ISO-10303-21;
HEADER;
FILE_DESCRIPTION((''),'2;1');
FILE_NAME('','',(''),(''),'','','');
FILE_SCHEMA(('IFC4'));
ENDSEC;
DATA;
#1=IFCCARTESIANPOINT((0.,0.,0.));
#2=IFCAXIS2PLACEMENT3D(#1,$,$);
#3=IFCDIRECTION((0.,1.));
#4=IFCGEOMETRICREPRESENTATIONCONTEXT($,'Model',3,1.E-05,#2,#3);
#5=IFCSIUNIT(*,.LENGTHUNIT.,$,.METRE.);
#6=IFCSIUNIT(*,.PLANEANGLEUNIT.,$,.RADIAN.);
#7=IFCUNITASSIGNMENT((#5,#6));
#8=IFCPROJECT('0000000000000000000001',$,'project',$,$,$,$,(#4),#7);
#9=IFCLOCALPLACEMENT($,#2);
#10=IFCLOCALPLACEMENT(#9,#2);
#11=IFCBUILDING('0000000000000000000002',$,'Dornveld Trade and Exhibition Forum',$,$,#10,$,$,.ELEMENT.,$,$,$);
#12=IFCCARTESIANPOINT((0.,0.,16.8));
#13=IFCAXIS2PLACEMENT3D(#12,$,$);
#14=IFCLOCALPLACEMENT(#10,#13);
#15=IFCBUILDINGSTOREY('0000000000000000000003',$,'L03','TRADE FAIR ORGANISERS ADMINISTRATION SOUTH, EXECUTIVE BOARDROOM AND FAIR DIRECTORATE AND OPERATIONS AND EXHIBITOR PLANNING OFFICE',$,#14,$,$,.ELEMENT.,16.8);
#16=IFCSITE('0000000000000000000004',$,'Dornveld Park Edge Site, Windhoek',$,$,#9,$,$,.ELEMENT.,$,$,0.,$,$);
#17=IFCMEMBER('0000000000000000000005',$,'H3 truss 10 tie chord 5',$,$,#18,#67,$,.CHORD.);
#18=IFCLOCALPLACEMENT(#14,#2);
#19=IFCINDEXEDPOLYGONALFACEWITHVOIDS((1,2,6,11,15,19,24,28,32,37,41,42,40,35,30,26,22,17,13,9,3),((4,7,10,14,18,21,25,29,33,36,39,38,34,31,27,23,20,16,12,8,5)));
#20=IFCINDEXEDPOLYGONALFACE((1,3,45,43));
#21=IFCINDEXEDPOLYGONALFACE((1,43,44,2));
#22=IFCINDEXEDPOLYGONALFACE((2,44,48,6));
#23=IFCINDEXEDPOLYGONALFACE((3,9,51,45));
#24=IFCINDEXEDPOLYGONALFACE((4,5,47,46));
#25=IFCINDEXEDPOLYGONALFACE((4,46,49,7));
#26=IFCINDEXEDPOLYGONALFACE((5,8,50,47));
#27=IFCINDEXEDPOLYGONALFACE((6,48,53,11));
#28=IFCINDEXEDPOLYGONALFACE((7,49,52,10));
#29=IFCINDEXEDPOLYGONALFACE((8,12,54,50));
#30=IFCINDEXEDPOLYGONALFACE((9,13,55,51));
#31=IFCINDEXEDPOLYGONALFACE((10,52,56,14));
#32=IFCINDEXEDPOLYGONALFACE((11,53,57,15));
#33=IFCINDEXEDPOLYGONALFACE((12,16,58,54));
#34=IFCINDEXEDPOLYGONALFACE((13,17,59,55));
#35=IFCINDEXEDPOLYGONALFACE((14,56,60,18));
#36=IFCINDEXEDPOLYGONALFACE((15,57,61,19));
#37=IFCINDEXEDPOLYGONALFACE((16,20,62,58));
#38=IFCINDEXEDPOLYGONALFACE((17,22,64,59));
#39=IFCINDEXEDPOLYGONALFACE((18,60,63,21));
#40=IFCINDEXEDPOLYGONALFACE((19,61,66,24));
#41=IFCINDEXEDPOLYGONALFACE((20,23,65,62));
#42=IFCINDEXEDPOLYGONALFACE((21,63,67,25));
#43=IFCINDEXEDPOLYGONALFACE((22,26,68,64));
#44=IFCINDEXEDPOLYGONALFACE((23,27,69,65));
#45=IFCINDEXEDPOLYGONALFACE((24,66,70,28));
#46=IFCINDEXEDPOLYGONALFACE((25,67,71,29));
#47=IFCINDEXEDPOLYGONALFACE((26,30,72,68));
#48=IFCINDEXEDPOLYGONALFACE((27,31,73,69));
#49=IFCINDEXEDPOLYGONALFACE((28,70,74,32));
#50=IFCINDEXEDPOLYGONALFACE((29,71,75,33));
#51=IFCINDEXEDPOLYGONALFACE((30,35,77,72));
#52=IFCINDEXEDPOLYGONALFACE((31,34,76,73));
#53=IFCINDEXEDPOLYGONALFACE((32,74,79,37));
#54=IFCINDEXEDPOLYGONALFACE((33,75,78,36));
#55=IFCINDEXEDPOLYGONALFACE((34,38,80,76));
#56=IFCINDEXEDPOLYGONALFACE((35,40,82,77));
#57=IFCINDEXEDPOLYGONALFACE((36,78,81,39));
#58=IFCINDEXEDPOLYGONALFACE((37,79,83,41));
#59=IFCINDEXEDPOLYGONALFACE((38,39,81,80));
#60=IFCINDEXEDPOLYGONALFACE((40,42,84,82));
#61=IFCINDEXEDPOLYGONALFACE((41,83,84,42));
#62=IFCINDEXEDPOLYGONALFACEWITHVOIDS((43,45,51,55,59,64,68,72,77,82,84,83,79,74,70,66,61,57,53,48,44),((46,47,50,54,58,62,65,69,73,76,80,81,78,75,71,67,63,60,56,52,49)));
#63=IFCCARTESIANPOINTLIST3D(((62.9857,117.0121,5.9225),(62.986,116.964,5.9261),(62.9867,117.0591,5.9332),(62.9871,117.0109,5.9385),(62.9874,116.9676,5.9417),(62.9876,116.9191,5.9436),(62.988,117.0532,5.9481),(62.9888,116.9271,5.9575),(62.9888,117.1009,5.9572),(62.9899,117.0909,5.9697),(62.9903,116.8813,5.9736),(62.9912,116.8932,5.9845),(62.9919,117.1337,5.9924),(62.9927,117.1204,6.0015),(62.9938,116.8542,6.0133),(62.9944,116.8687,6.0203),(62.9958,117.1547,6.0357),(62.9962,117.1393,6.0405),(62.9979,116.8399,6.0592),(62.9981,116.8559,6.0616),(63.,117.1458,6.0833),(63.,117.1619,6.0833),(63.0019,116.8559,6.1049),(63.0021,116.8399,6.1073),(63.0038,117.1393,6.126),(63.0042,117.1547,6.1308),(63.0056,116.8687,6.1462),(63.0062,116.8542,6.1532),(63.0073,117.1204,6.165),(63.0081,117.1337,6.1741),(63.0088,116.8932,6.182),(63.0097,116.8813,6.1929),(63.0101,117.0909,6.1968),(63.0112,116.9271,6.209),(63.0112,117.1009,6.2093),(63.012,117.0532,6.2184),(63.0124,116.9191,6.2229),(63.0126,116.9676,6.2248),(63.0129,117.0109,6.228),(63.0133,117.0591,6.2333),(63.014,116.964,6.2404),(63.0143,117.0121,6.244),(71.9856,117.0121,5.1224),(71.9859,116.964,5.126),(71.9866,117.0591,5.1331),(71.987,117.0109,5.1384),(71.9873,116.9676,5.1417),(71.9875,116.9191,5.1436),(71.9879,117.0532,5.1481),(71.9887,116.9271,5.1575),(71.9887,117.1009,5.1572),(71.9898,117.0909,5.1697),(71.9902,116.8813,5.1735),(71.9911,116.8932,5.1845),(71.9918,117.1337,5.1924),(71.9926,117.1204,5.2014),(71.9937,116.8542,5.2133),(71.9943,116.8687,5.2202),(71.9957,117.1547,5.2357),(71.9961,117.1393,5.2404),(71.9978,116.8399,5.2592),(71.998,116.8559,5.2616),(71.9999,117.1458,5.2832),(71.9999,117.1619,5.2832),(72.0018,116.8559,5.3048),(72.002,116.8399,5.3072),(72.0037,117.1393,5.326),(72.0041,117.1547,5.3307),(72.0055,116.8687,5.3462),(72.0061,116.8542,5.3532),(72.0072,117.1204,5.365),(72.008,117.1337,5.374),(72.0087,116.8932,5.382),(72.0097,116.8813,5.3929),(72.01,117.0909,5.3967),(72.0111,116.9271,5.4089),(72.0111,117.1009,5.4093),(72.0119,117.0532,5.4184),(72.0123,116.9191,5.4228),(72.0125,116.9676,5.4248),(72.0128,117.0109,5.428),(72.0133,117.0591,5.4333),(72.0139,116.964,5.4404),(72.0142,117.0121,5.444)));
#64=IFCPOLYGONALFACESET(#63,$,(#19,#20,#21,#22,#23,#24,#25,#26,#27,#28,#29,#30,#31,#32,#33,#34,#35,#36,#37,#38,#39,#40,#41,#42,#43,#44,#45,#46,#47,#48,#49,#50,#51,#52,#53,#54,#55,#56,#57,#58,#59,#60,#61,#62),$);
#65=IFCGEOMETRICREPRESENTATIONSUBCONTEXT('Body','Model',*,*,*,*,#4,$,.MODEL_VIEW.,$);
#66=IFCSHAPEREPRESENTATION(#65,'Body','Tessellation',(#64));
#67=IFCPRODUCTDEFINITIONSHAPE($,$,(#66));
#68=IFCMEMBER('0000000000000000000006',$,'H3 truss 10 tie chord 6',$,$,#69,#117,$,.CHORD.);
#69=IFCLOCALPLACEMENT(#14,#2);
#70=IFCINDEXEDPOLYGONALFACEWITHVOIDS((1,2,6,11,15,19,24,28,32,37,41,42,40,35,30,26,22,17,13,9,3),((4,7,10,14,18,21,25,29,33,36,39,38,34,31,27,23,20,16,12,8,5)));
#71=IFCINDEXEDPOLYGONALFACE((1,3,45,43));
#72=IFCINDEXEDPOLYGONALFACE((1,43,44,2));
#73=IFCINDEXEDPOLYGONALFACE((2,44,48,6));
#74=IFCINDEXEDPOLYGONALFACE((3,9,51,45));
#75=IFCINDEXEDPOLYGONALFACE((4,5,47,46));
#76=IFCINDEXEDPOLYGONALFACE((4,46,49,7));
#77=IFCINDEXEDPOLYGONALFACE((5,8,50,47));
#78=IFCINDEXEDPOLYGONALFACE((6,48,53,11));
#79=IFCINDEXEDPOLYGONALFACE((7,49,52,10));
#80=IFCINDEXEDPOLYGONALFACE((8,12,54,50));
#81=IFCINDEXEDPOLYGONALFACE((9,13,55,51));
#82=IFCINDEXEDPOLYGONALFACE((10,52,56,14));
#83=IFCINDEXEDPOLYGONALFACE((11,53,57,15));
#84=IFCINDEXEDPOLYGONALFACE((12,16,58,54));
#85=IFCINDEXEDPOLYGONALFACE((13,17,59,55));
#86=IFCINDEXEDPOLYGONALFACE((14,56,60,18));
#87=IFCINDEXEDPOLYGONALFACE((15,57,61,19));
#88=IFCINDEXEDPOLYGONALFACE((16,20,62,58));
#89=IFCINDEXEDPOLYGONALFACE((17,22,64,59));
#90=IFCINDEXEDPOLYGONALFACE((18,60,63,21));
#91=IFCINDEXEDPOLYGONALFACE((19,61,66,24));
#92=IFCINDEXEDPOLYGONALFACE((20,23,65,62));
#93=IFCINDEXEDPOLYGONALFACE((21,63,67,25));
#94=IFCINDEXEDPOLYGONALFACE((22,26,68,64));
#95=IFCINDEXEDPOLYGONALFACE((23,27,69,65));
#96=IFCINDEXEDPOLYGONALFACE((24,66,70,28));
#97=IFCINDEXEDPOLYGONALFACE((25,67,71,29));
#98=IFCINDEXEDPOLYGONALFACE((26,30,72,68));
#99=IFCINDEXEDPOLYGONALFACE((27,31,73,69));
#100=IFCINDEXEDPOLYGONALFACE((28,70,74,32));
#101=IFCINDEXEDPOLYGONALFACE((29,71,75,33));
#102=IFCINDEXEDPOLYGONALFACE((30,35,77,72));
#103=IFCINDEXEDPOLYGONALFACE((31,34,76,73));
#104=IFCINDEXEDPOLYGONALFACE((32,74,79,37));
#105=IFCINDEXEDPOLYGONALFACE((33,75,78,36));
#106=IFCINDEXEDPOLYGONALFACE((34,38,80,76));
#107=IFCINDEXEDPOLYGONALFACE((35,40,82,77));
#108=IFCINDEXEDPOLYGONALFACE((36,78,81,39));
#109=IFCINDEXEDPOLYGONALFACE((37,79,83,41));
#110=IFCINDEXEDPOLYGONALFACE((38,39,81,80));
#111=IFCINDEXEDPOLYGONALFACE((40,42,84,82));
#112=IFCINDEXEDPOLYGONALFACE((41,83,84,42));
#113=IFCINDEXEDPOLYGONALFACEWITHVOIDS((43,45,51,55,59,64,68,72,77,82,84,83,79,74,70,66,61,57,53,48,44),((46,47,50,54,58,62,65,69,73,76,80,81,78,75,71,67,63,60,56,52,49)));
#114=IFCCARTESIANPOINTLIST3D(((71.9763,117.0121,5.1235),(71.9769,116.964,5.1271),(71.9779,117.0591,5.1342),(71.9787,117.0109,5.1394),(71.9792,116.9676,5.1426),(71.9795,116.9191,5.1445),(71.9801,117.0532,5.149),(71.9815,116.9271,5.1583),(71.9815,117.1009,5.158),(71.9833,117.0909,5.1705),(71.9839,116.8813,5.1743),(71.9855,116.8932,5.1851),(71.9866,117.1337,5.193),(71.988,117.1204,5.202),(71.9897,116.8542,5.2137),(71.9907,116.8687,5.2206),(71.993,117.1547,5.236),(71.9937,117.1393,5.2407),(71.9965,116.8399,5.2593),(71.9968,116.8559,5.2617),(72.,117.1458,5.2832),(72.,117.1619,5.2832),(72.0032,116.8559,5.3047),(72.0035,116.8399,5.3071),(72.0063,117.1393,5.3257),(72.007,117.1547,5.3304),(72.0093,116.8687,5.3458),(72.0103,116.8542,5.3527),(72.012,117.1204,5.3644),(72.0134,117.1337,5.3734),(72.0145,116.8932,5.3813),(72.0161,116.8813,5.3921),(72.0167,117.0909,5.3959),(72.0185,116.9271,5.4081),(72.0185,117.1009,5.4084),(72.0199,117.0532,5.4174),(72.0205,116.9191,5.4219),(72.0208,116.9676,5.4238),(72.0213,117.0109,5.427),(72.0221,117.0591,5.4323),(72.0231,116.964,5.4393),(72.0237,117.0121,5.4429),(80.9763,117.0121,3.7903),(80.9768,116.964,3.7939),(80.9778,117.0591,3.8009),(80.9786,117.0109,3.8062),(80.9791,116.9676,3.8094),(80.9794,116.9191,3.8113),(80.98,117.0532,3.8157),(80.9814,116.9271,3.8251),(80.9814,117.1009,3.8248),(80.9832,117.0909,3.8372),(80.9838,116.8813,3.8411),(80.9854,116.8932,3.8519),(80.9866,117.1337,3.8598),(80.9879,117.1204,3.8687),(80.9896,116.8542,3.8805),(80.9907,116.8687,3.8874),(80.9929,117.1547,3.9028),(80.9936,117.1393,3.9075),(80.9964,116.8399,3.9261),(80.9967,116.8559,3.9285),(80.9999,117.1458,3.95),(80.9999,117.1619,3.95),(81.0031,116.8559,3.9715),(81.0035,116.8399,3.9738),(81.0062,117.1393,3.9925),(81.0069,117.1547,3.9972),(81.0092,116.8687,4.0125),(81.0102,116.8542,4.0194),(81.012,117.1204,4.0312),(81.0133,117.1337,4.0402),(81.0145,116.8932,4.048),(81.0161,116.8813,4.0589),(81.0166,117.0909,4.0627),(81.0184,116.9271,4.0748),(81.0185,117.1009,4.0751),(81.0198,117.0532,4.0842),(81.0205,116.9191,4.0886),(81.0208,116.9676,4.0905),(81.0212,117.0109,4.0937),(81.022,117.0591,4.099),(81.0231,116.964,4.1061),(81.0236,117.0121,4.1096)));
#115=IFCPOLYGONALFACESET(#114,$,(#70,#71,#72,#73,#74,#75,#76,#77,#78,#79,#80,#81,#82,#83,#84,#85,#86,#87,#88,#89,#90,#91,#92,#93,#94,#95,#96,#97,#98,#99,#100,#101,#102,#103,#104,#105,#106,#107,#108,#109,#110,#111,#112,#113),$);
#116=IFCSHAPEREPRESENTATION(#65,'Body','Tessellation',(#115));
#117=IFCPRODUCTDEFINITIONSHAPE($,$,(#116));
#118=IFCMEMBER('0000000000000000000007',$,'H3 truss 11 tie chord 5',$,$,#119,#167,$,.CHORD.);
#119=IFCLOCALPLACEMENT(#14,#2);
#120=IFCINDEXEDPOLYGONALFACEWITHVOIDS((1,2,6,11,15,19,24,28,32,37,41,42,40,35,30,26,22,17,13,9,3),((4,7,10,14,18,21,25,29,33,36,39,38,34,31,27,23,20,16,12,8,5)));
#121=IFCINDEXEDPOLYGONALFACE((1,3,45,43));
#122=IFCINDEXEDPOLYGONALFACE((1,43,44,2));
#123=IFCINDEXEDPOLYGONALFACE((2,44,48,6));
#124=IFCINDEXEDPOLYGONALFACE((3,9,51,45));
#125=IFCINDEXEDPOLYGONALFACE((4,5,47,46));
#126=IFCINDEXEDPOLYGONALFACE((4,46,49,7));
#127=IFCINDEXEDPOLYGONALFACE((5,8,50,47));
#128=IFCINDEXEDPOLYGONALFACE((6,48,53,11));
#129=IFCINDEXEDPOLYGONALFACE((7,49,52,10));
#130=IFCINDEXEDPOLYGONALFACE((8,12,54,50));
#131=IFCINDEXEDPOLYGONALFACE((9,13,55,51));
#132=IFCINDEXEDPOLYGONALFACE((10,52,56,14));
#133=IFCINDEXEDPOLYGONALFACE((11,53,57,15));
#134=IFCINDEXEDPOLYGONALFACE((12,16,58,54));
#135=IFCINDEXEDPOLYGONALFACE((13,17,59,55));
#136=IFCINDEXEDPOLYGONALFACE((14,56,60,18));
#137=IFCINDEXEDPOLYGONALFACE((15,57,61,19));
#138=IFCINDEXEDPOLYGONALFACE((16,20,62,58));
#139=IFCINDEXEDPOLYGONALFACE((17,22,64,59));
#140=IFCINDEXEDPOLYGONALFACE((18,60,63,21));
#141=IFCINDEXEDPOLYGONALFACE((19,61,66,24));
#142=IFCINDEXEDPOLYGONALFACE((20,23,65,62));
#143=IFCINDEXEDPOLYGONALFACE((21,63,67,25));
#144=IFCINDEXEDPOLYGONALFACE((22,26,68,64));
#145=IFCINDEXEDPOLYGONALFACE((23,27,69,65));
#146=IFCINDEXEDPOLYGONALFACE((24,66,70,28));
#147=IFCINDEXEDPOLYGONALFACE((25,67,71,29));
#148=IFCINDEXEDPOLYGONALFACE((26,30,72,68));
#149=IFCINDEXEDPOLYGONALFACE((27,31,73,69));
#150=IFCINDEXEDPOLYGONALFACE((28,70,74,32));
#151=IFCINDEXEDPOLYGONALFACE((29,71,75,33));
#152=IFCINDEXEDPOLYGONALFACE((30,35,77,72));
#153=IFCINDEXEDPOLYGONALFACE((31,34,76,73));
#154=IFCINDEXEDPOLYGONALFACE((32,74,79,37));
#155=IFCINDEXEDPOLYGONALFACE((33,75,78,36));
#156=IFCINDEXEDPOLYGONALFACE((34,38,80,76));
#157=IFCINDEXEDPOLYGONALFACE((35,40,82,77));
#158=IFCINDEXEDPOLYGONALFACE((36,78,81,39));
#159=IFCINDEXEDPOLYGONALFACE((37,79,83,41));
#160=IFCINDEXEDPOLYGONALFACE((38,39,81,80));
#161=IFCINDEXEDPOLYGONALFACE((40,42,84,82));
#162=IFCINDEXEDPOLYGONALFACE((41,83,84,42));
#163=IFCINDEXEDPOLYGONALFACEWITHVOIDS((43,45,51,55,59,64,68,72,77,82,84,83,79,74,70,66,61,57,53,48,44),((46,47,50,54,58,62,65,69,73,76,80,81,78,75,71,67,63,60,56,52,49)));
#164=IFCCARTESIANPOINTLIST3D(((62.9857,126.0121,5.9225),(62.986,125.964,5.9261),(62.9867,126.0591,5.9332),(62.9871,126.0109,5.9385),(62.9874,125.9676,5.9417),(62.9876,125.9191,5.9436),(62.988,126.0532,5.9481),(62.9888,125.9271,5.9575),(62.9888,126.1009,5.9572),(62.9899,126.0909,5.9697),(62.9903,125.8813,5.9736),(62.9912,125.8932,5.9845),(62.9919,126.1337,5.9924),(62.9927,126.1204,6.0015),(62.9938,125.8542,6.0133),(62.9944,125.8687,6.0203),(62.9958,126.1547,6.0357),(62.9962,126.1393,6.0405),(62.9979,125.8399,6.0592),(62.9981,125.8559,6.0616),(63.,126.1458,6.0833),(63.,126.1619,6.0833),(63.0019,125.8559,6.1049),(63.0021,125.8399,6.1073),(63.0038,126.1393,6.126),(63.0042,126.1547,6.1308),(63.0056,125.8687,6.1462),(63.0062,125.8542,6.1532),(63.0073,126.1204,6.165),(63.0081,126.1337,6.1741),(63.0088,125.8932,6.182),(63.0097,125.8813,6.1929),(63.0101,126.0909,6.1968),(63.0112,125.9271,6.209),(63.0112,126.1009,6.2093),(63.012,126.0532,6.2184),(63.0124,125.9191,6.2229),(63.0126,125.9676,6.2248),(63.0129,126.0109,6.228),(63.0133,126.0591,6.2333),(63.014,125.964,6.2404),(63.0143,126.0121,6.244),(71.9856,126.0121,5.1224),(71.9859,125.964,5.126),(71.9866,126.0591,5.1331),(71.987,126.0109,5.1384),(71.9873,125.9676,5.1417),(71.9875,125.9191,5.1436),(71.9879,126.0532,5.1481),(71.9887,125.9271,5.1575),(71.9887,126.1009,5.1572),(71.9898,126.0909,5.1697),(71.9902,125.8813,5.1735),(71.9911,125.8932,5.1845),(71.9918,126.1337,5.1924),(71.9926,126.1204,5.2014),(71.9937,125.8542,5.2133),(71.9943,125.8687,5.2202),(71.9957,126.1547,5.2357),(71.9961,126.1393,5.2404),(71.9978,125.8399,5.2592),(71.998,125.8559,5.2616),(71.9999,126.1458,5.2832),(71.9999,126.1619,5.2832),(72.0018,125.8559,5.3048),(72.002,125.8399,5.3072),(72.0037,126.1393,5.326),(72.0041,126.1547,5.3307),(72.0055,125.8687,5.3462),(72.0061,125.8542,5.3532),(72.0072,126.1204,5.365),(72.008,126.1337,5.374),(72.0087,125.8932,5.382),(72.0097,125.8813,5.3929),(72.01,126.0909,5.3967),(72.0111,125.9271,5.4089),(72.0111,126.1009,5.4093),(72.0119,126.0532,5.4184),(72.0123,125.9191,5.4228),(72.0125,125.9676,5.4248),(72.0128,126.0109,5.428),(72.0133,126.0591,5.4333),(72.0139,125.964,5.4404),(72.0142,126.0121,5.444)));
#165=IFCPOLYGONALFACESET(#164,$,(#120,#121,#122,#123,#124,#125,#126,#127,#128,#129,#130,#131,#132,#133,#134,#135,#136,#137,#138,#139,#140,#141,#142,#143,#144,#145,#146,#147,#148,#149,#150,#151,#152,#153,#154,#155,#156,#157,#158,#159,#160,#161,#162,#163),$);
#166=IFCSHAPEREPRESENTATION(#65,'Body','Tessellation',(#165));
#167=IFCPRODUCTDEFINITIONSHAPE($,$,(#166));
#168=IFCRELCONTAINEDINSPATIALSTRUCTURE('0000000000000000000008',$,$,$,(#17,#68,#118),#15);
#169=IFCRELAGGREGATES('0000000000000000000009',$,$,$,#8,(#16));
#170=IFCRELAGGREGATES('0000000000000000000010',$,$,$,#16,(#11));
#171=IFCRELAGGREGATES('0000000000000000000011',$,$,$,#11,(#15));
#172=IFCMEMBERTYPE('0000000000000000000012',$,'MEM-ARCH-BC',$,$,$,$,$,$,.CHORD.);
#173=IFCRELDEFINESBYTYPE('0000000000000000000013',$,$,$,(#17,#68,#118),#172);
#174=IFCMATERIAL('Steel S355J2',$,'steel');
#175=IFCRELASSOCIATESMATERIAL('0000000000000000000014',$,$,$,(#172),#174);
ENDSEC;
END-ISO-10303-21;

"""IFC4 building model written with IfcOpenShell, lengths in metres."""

from ifc_helpers import new_model, si_unit, direction, frame, origin, origin_2d, place, context, subcontext, project, spatial, hollow_circle, extrude, material, material_profile, profile_set, type_object, element, save


model = new_model("IFC4")

# Units and contexts
model_context = context("Model", 3, precision=1e-05, world=origin(), true_north=direction((0.0, 1.0)))
body_context = subcontext(model_context, "Body", "Model", "MODEL_VIEW")
ifc_project = project(units=[si_unit("LENGTHUNIT", "METRE"), si_unit("PLANEANGLEUNIT", "RADIAN")], contexts=[model_context])

# Site, building, storey
site_placement = place(None, origin())
site = spatial("IfcSite", under=ifc_project, at=site_placement, Name="Dornveld Park Edge Site, Windhoek", CompositionType="ELEMENT", RefElevation=0.0)
building_placement = place(site_placement, origin())
building = spatial("IfcBuilding", under=site, at=building_placement, Name="Dornveld Trade and Exhibition Forum", CompositionType="ELEMENT")
storey_placement = place(building_placement, frame((0.0, 0.0, 16.8)))
storey = spatial("IfcBuildingStorey", under=building, at=storey_placement, Name="L03", Description="TRADE FAIR ORGANISERS ADMINISTRATION SOUTH, EXECUTIVE BOARDROOM AND FAIR DIRECTORATE AND OPERATIONS AND EXHIBITOR PLANNING OFFICE", CompositionType="ELEMENT", Elevation=16.8)

# Members
ifc_material_1 = material(Name="Steel S355J2", Category="steel")
ifc_material_profile_1 = material_profile(ifc_material_1, hollow_circle(Radius=0.1619, WallThickness=0.0161, at=origin_2d()), Name="CHS 323.9x16")
ifc_profile_set_1 = profile_set([ifc_material_profile_1], Name="Steel S355J2")
member_type_1 = type_object("IfcMemberType", Name="MEM-ARCH-BC", PredefinedType="CHORD", material=ifc_profile_set_1)
member_1_placement = place(storey_placement, frame((63.0, 117.0, 6.0833), z_axis=(0.996072, 0.0, -0.088545), x_axis=(0.0, 1.0, 0.0)))
element("IfcMember", 1, at=member_1_placement, inside=storey, type_object=member_type_1, Name="H3 truss 10 tie chord 5", PredefinedType="CHORD", context=body_context, shape_type="SweptSolid", body=[
    extrude(hollow_circle(Radius=0.1619, WallThickness=0.0161, at=origin_2d()), origin(), (0.0, 0.0, 1.0), 9.0354),
])
member_2_placement = place(storey_placement, frame((72.0, 117.0, 5.2832), z_axis=(0.989205, 0.0, -0.14654), x_axis=(0.0, 1.0, 0.0)))
element("IfcMember", 2, at=member_2_placement, inside=storey, type_object=member_type_1, Name="H3 truss 10 tie chord 6", PredefinedType="CHORD", context=body_context, shape_type="SweptSolid", body=[
    extrude(hollow_circle(Radius=0.1619, WallThickness=0.0161, at=origin_2d()), origin(), (0.0, 0.0, 1.0), 9.0981),
])
member_3_placement = place(storey_placement, frame((63.0, 126.0, 6.0833), z_axis=(0.996072, 0.0, -0.088545), x_axis=(0.0, 1.0, 0.0)))
element("IfcMember", 3, at=member_3_placement, inside=storey, type_object=member_type_1, Name="H3 truss 11 tie chord 5", PredefinedType="CHORD", context=body_context, shape_type="SweptSolid", body=[
    extrude(hollow_circle(Radius=0.1619, WallThickness=0.0161, at=origin_2d()), origin(), (0.0, 0.0, 1.0), 9.0354),
])

save(model, "model.ifc")
